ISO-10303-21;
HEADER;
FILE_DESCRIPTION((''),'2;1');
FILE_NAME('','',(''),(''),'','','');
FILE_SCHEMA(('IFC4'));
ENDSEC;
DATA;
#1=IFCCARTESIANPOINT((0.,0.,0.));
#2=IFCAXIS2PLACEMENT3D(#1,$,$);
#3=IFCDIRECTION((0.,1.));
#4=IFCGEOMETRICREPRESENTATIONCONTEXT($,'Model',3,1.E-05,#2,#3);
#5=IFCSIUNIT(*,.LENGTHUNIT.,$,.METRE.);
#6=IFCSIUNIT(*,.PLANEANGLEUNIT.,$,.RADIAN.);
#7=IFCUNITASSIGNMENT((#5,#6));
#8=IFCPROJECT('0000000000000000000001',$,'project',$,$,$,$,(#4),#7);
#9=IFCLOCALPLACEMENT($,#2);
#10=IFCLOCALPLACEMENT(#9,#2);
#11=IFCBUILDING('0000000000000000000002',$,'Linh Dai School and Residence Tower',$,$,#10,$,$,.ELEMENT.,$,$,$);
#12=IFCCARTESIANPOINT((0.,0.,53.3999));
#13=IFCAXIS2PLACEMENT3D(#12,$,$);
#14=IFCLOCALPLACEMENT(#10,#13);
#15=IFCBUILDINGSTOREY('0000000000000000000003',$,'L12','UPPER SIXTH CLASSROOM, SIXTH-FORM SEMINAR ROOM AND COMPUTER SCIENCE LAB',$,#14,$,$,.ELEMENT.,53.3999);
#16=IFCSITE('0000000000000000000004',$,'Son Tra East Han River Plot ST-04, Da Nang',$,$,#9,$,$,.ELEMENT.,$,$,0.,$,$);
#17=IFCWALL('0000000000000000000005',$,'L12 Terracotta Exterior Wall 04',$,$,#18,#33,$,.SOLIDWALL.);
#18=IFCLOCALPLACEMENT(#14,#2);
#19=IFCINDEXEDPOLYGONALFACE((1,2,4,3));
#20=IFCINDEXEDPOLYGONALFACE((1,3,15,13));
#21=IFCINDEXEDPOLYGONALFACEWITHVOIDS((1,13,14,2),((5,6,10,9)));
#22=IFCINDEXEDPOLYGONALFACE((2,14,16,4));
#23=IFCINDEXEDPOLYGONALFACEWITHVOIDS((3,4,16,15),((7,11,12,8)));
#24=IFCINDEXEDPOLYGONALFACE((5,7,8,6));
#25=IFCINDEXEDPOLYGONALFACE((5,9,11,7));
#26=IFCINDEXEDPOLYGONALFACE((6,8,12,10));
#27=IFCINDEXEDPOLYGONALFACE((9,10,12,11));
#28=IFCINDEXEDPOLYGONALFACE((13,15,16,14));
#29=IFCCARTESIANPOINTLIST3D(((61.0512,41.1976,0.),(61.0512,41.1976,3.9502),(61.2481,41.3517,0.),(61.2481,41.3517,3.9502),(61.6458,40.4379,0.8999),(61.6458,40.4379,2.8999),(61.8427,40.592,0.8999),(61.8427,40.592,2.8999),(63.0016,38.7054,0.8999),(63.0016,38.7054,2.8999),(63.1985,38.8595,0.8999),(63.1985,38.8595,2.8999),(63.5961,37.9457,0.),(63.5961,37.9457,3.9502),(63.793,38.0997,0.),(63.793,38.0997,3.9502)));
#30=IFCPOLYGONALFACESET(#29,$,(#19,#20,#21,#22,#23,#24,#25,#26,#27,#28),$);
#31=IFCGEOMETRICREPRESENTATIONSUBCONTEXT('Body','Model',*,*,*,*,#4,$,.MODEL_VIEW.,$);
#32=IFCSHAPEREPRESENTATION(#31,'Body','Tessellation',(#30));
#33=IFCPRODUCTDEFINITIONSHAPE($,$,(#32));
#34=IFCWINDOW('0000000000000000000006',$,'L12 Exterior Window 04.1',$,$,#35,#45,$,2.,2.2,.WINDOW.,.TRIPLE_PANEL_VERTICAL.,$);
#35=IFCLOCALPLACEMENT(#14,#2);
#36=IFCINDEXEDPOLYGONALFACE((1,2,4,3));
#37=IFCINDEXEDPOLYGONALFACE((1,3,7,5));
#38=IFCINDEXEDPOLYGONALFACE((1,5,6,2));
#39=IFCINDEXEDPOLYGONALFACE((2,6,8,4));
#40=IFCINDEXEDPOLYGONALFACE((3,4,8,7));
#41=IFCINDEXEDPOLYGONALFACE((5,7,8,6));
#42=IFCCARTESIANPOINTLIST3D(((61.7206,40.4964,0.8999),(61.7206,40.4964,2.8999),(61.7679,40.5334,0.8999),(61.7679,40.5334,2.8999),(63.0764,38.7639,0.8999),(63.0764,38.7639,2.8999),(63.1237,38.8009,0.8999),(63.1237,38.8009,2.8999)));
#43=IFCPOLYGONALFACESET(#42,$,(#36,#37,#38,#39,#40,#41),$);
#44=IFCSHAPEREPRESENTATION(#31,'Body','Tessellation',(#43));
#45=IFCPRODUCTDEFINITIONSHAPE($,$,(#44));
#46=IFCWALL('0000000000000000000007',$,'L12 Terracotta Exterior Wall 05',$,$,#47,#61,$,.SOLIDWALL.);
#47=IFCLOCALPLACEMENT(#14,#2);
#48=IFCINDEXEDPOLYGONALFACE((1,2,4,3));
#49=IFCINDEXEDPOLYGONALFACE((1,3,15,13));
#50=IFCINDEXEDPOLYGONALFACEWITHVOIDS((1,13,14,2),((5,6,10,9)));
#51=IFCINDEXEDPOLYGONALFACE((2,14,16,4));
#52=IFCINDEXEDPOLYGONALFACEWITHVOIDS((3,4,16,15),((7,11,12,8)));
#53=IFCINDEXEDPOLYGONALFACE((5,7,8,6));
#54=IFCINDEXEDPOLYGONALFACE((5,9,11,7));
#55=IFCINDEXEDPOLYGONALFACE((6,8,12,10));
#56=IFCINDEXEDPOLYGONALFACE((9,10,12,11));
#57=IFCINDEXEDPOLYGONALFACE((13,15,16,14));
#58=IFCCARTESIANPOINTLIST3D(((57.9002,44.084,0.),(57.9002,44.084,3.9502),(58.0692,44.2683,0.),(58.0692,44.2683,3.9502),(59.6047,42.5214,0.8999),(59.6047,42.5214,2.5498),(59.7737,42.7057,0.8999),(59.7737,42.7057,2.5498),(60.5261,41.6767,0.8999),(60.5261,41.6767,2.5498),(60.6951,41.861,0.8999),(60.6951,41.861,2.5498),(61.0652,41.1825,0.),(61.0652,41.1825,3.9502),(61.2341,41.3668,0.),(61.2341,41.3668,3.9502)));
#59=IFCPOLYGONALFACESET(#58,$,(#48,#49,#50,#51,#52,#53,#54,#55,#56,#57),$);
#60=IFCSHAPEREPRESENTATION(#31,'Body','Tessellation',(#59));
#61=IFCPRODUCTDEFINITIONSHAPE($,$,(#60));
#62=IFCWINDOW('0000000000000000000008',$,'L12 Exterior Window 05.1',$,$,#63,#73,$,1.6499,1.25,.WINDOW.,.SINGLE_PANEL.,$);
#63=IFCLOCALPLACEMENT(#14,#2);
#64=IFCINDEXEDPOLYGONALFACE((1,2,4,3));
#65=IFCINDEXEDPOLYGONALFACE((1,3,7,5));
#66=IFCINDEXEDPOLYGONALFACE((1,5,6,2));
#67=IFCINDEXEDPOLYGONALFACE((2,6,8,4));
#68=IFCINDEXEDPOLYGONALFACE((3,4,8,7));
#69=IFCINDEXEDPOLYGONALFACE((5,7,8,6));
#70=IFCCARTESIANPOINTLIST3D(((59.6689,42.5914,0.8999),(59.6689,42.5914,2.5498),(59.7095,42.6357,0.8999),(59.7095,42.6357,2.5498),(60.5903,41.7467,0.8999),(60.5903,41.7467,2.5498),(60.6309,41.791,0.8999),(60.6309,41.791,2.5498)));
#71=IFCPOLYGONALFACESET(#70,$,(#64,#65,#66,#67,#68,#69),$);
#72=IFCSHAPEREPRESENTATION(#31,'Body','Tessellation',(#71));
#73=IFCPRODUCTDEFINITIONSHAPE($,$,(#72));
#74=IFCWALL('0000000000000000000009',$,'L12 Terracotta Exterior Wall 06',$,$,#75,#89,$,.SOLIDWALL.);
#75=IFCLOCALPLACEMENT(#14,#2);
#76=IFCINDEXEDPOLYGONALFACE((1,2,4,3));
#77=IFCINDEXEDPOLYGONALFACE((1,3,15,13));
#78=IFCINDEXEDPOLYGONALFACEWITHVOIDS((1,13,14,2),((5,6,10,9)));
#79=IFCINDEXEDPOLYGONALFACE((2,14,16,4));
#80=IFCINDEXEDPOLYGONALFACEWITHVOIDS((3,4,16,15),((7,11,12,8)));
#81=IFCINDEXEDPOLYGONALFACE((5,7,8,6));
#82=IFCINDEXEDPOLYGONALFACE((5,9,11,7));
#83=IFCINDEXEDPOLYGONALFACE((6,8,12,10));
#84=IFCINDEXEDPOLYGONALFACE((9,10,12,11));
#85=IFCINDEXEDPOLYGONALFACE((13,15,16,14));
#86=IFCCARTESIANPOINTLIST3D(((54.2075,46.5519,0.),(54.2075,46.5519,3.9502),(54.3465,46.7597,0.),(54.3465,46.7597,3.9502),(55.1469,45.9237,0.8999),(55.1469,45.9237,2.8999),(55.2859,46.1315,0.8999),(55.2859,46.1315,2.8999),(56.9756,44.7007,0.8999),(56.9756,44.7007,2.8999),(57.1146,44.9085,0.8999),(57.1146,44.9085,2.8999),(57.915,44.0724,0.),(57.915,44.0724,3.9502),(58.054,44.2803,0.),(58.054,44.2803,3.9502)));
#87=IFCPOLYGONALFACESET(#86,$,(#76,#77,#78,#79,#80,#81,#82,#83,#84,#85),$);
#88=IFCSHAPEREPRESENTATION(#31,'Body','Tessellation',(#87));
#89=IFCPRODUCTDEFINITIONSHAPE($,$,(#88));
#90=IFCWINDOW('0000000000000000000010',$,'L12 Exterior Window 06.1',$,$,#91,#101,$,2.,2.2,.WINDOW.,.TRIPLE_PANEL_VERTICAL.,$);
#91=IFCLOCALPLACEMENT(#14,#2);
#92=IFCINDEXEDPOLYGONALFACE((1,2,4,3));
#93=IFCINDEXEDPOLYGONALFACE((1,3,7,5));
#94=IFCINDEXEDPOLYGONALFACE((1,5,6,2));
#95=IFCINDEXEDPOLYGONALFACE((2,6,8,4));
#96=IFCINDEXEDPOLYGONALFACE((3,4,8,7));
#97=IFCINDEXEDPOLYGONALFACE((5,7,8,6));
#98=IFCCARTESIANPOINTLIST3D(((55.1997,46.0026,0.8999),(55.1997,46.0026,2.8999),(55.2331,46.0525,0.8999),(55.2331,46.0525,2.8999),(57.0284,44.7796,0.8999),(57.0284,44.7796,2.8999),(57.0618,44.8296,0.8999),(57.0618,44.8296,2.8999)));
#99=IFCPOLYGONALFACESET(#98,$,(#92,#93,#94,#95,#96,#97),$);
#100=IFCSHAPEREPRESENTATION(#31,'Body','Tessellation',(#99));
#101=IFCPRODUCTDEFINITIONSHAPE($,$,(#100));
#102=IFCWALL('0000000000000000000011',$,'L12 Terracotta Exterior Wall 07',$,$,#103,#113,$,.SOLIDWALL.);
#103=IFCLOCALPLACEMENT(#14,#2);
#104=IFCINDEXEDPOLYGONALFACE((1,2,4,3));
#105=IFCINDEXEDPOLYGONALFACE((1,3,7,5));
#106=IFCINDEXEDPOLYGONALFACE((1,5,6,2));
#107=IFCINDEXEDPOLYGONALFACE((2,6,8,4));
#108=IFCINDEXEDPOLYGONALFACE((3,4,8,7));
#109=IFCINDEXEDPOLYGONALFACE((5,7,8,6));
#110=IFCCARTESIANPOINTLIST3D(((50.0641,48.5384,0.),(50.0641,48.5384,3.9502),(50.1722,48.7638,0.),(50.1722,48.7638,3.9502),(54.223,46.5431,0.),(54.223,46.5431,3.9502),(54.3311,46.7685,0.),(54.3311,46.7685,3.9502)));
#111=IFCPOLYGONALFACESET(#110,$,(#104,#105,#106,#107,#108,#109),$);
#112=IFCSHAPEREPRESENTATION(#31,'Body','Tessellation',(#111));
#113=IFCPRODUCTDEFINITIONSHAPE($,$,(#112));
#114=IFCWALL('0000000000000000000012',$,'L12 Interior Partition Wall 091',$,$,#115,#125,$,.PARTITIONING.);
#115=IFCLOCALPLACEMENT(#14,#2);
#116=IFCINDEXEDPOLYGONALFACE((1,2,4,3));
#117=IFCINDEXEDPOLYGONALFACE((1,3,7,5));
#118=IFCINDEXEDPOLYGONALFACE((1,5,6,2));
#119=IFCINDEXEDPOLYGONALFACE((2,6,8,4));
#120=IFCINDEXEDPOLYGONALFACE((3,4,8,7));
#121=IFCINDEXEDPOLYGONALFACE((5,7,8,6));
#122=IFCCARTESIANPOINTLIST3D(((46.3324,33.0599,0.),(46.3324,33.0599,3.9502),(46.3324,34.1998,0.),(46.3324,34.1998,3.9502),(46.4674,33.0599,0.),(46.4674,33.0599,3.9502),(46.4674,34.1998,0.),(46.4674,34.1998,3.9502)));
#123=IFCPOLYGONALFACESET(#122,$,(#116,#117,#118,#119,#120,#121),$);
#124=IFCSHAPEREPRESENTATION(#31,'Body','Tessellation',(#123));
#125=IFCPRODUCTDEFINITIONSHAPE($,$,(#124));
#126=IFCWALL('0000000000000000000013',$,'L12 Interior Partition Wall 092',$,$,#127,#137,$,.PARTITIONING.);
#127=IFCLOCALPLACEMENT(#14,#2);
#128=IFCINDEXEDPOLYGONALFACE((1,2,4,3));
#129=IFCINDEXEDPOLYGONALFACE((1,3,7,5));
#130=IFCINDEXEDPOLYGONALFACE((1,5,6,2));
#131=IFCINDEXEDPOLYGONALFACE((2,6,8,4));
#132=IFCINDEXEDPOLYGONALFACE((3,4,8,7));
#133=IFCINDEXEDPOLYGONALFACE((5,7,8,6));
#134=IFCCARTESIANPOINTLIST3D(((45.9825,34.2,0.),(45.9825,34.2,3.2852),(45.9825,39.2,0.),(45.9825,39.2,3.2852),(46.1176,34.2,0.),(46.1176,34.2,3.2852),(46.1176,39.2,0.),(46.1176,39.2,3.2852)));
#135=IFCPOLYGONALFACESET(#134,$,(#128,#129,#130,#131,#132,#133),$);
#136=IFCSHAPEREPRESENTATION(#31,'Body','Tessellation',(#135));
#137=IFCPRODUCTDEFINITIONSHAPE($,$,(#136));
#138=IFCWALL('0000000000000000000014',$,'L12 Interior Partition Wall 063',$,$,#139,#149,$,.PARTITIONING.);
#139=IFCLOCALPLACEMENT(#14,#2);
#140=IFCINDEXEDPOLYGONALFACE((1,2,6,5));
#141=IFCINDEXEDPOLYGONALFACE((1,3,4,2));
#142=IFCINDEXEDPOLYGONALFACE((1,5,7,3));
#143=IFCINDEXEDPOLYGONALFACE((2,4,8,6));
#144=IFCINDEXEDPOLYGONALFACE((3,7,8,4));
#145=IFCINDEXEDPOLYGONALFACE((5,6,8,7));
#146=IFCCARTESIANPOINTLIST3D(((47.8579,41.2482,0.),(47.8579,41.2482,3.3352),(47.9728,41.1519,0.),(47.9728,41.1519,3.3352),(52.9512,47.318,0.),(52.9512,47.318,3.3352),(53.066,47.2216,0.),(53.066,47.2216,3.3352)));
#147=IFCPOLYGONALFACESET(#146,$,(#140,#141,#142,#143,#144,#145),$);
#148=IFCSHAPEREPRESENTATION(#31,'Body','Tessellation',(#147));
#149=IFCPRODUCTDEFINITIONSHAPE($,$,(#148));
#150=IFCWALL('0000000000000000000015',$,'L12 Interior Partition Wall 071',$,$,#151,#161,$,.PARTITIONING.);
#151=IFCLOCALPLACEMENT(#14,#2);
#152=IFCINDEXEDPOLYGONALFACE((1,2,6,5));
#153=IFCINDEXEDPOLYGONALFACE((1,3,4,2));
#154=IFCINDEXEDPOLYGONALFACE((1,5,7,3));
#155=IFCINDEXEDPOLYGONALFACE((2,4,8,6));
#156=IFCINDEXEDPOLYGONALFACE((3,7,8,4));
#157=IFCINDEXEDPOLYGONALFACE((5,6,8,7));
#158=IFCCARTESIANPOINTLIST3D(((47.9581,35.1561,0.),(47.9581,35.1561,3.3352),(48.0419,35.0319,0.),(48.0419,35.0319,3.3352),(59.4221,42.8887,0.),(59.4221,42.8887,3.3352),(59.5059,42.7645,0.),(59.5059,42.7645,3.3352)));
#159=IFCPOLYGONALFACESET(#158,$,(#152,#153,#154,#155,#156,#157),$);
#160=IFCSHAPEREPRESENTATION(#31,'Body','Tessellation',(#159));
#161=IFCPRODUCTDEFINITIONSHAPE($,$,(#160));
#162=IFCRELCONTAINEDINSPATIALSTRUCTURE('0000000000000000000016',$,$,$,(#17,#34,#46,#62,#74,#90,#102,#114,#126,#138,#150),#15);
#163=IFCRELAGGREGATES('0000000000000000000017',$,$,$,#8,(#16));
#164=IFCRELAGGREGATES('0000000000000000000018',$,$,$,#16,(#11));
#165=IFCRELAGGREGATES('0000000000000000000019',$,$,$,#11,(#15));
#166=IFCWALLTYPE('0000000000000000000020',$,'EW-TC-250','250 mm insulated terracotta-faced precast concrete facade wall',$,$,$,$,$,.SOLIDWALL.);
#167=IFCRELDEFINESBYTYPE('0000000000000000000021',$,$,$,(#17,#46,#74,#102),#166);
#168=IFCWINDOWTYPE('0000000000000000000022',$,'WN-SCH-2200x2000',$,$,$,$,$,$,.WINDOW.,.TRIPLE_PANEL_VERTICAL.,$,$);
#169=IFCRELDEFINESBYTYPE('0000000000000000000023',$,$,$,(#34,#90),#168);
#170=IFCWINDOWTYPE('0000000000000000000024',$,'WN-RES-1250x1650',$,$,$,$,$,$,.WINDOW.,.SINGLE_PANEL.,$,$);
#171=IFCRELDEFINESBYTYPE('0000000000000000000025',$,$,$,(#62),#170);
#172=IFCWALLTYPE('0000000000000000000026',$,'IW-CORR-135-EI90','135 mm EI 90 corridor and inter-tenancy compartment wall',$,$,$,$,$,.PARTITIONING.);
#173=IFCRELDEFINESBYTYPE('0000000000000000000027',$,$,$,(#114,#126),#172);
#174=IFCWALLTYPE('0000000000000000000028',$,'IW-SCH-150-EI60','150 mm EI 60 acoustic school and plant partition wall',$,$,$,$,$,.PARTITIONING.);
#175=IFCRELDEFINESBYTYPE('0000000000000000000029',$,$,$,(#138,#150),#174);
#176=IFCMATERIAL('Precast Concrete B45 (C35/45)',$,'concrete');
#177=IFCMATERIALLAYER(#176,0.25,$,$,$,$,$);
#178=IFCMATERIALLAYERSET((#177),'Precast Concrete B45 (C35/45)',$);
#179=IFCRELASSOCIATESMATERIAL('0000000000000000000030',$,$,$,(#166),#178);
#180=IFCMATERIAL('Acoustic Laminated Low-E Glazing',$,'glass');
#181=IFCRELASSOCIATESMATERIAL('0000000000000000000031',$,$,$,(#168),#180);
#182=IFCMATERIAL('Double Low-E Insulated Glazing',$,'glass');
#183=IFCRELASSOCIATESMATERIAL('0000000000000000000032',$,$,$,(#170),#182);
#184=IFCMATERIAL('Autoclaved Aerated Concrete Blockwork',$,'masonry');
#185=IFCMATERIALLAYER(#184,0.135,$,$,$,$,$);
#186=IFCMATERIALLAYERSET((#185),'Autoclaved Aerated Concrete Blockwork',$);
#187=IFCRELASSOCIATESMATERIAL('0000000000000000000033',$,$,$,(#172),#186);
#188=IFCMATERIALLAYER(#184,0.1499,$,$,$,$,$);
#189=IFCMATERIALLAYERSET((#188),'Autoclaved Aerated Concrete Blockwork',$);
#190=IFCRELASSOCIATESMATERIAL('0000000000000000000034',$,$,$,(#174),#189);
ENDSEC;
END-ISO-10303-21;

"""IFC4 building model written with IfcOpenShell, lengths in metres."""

from ifc_helpers import new_model, si_unit, direction, frame, frame_2d, origin, origin_2d, place, context, subcontext, project, spatial, rectangle, extrude, source, transform, mapped, material, layer, layer_set, type_object, element, fill, save


model = new_model("IFC4")

# Units and contexts
model_context = context("Model", 3, precision=1e-05, world=origin(), true_north=direction((0.0, 1.0)))
body_context = subcontext(model_context, "Body", "Model", "MODEL_VIEW")
ifc_project = project(units=[si_unit("LENGTHUNIT", "METRE"), si_unit("PLANEANGLEUNIT", "RADIAN")], contexts=[model_context])

# Site, building, storey
site_placement = place(None, origin())
site = spatial("IfcSite", under=ifc_project, at=site_placement, Name="Son Tra East Han River Plot ST-04, Da Nang", CompositionType="ELEMENT", RefElevation=0.0)
building_placement = place(site_placement, origin())
building = spatial("IfcBuilding", under=site, at=building_placement, Name="Linh Dai School and Residence Tower", CompositionType="ELEMENT")
storey_placement = place(building_placement, frame((0.0, 0.0, 53.3999)))
storey = spatial("IfcBuildingStorey", under=building, at=storey_placement, Name="L12", Description="UPPER SIXTH CLASSROOM, SIXTH-FORM SEMINAR ROOM AND COMPUTER SCIENCE LAB", CompositionType="ELEMENT", Elevation=53.3999)

# Shared definitions
ifc_material_1 = material(Name="Precast Concrete B45 (C35/45)", Category="concrete")

# Shared definitions
ifc_layer_1 = layer(ifc_material_1, 0.25)
ifc_layer_set_1 = layer_set([ifc_layer_1], Name="Precast Concrete B45 (C35/45)")
wall_type_1 = type_object("IfcWallType", Name="EW-TC-250", Description="250 mm insulated terracotta-faced precast concrete facade wall", PredefinedType="SOLIDWALL", material=ifc_layer_set_1)

# Walls, openings, windows
wall_1_placement = place(storey_placement, frame((61.1497, 41.2747, 0.0), z_axis=(0.0, 0.0, 1.0), x_axis=(0.616296, -0.787515, 0.0)))
wall_1 = element("IfcWall", 1, at=wall_1_placement, inside=storey, type_object=wall_type_1, Name="L12 Terracotta Exterior Wall 04", PredefinedType="SOLIDWALL", context=body_context, shape_type="SweptSolid", body=[
    extrude(rectangle(XDim=4.1294, YDim=0.25, at=frame_2d((2.0647, 0.0))), origin(), (0.0, 0.0, 1.0), 3.9502),
])
opening_1_placement = place(wall_1_placement, frame((0.9646, 0.0, 0.8999)))
opening_1 = element("IfcOpeningElement", 2, at=opening_1_placement, cuts=wall_1, PredefinedType="OPENING", context=body_context, shape_type="SweptSolid", body=[
    extrude(rectangle(XDim=2.2, YDim=2.0, at=origin_2d()), frame((1.1001, 0.135, 1.0), z_axis=(0.0, -1.0, 0.0), x_axis=(1.0, 0.0, 0.0)), (0.0, 0.0, 1.0), 0.27),
])
ifc_material_2 = material(Name="Acoustic Laminated Low-E Glazing", Category="glass")
window_type_1 = type_object("IfcWindowType", Name="WN-SCH-2200x2000", PartitioningType="TRIPLE_PANEL_VERTICAL", PredefinedType="WINDOW", material=ifc_material_2)
shared_shape_1 = source(origin(), body_context, "Body", "SweptSolid", [
    extrude(rectangle(XDim=2.2, YDim=2.0, at=origin_2d()), frame((1.1001, 0.03, 1.0), z_axis=(0.0, -1.0, 0.0), x_axis=(1.0, 0.0, 0.0)), (0.0, 0.0, 1.0), 0.0601),
])
window_1_placement = place(opening_1_placement, origin())
window_1 = element("IfcWindow", 3, at=window_1_placement, inside=storey, type_object=window_type_1, Name="L12 Exterior Window 04.1", OverallHeight=2.0, OverallWidth=2.2, PartitioningType="TRIPLE_PANEL_VERTICAL", PredefinedType="WINDOW", context=body_context, shape_type="MappedRepresentation", body=[
    mapped(shared_shape_1, transform((0.0, 0.0, 0.0), x_axis=(1.0, 0.0, 0.0), y_axis=(0.0, 1.0, 0.0), z_axis=(0.0, 0.0, 1.0), scale=1.0)),
])
fill(opening_1, window_1)
wall_2_placement = place(storey_placement, frame((57.9846, 44.1763, 0.0), z_axis=(0.0, 0.0, 1.0), x_axis=(0.737116, -0.675766, 0.0)))
wall_2 = element("IfcWall", 4, at=wall_2_placement, inside=storey, type_object=wall_type_1, Name="L12 Terracotta Exterior Wall 05", PredefinedType="SOLIDWALL", context=body_context, shape_type="SweptSolid", body=[
    extrude(rectangle(XDim=4.2937, YDim=0.25, at=frame_2d((2.147, 0.0))), origin(), (0.0, 0.0, 1.0), 3.9502),
])
opening_2_placement = place(wall_2_placement, frame((2.3125, 0.0, 0.8999)))
opening_2 = element("IfcOpeningElement", 5, at=opening_2_placement, cuts=wall_2, PredefinedType="OPENING", context=body_context, shape_type="SweptSolid", body=[
    extrude(rectangle(XDim=1.25, YDim=1.6499, at=origin_2d()), frame((0.625, 0.135, 0.825), z_axis=(0.0, -1.0, 0.0), x_axis=(1.0, 0.0, 0.0)), (0.0, 0.0, 1.0), 0.27),
])
ifc_material_3 = material(Name="Double Low-E Insulated Glazing", Category="glass")
window_type_2 = type_object("IfcWindowType", Name="WN-RES-1250x1650", PartitioningType="SINGLE_PANEL", PredefinedType="WINDOW", material=ifc_material_3)
shared_shape_2 = source(origin(), body_context, "Body", "SweptSolid", [
    extrude(rectangle(XDim=1.25, YDim=1.6499, at=origin_2d()), frame((0.625, 0.03, 0.825), z_axis=(0.0, -1.0, 0.0), x_axis=(1.0, 0.0, 0.0)), (0.0, 0.0, 1.0), 0.0601),
])
window_2_placement = place(opening_2_placement, origin())
window_2 = element("IfcWindow", 6, at=window_2_placement, inside=storey, type_object=window_type_2, Name="L12 Exterior Window 05.1", OverallHeight=1.6499, OverallWidth=1.25, PartitioningType="SINGLE_PANEL", PredefinedType="WINDOW", context=body_context, shape_type="MappedRepresentation", body=[
    mapped(shared_shape_2, transform((0.0, 0.0, 0.0), x_axis=(1.0, 0.0, 0.0), y_axis=(0.0, 1.0, 0.0), z_axis=(0.0, 0.0, 1.0), scale=1.0)),
])
fill(opening_2, window_2)
wall_3_placement = place(storey_placement, frame((54.2771, 46.6558, 0.0), z_axis=(0.0, 0.0, 1.0), x_axis=(0.831241, -0.555912, 0.0)))
wall_3 = element("IfcWall", 7, at=wall_3_placement, inside=storey, type_object=wall_type_1, Name="L12 Terracotta Exterior Wall 06", PredefinedType="SOLIDWALL", context=body_context, shape_type="SweptSolid", body=[
    extrude(rectangle(XDim=4.4602, YDim=0.25, at=frame_2d((2.23, 0.0))), origin(), (0.0, 0.0, 1.0), 3.9502),
])
opening_3_placement = place(wall_3_placement, frame((1.1299, 0.0, 0.8999)))
opening_3 = element("IfcOpeningElement", 8, at=opening_3_placement, cuts=wall_3, PredefinedType="OPENING", context=body_context, shape_type="SweptSolid", body=[
    extrude(rectangle(XDim=2.2, YDim=2.0, at=origin_2d()), frame((1.1001, 0.135, 1.0), z_axis=(0.0, -1.0, 0.0), x_axis=(1.0, 0.0, 0.0)), (0.0, 0.0, 1.0), 0.27),
])
window_3_placement = place(opening_3_placement, origin())
window_3 = element("IfcWindow", 9, at=window_3_placement, inside=storey, type_object=window_type_1, Name="L12 Exterior Window 06.1", OverallHeight=2.0, OverallWidth=2.2, PartitioningType="TRIPLE_PANEL_VERTICAL", PredefinedType="WINDOW", context=body_context, shape_type="MappedRepresentation", body=[
    mapped(shared_shape_1, transform((0.0, 0.0, 0.0), x_axis=(1.0, 0.0, 0.0), y_axis=(0.0, 1.0, 0.0), z_axis=(0.0, 0.0, 1.0), scale=1.0)),
])
fill(opening_3, window_3)

# Walls
wall_4_placement = place(storey_placement, frame((50.1182, 48.6511, 0.0), z_axis=(0.0, 0.0, 1.0), x_axis=(0.901602, -0.432568, 0.0)))
element("IfcWall", 10, at=wall_4_placement, inside=storey, type_object=wall_type_1, Name="L12 Terracotta Exterior Wall 07", PredefinedType="SOLIDWALL", context=body_context, shape_type="SweptSolid", body=[
    extrude(rectangle(XDim=4.6128, YDim=0.25, at=frame_2d((2.3064, 0.0))), origin(), (0.0, 0.0, 1.0), 3.9502),
])
ifc_material_4 = material(Name="Autoclaved Aerated Concrete Blockwork", Category="masonry")
ifc_layer_2 = layer(ifc_material_4, 0.135)
ifc_layer_set_2 = layer_set([ifc_layer_2], Name="Autoclaved Aerated Concrete Blockwork")
wall_type_2 = type_object("IfcWallType", Name="IW-CORR-135-EI90", Description="135 mm EI 90 corridor and inter-tenancy compartment wall", PredefinedType="PARTITIONING", material=ifc_layer_set_2)
wall_5_placement = place(storey_placement, frame((46.3999, 33.0601, 0.0), z_axis=(0.0, 0.0, 1.0), x_axis=(0.0, 1.0, 0.0)))
element("IfcWall", 11, at=wall_5_placement, inside=storey, type_object=wall_type_2, Name="L12 Interior Partition Wall 091", PredefinedType="PARTITIONING", context=body_context, shape_type="SweptSolid", body=[
    extrude(rectangle(XDim=1.1399, YDim=0.135, at=frame_2d((0.5698, 0.0))), origin(), (0.0, 0.0, 1.0), 3.9502),
])
wall_6_placement = place(storey_placement, frame((46.05, 34.2, 0.0), z_axis=(0.0, 0.0, 1.0), x_axis=(0.0, 1.0, 0.0)))
element("IfcWall", 12, at=wall_6_placement, inside=storey, type_object=wall_type_2, Name="L12 Interior Partition Wall 092", PredefinedType="PARTITIONING", context=body_context, shape_type="SweptSolid", body=[
    extrude(rectangle(XDim=5.0, YDim=0.135, at=frame_2d((2.5, 0.0))), origin(), (0.0, 0.0, 1.0), 3.2852),
])
ifc_layer_3 = layer(ifc_material_4, 0.1499)
ifc_layer_set_3 = layer_set([ifc_layer_3], Name="Autoclaved Aerated Concrete Blockwork")
wall_type_3 = type_object("IfcWallType", Name="IW-SCH-150-EI60", Description="150 mm EI 60 acoustic school and plant partition wall", PredefinedType="PARTITIONING", material=ifc_layer_set_3)
wall_7_placement = place(storey_placement, frame((47.9153, 41.2, 0.0), z_axis=(0.0, 0.0, 1.0), x_axis=(0.642793, 0.76604, 0.0)))
element("IfcWall", 13, at=wall_7_placement, inside=storey, type_object=wall_type_3, Name="L12 Interior Partition Wall 063", PredefinedType="PARTITIONING", context=body_context, shape_type="SweptSolid", body=[
    extrude(rectangle(XDim=7.9236, YDim=0.1499, at=frame_2d((3.9619, 0.0))), origin(), (0.0, 0.0, 1.0), 3.3352),
])
wall_8_placement = place(storey_placement, frame((48.0, 35.094, 0.0), z_axis=(0.0, 0.0, 1.0), x_axis=(0.829037, 0.559194, 0.0)))
element("IfcWall", 14, at=wall_8_placement, inside=storey, type_object=wall_type_3, Name="L12 Interior Partition Wall 071", PredefinedType="PARTITIONING", context=body_context, shape_type="SweptSolid", body=[
    extrude(rectangle(XDim=13.8281, YDim=0.1499, at=frame_2d((6.9141, 0.0))), origin(), (0.0, 0.0, 1.0), 3.3352),
])

save(model, "model.ifc")
